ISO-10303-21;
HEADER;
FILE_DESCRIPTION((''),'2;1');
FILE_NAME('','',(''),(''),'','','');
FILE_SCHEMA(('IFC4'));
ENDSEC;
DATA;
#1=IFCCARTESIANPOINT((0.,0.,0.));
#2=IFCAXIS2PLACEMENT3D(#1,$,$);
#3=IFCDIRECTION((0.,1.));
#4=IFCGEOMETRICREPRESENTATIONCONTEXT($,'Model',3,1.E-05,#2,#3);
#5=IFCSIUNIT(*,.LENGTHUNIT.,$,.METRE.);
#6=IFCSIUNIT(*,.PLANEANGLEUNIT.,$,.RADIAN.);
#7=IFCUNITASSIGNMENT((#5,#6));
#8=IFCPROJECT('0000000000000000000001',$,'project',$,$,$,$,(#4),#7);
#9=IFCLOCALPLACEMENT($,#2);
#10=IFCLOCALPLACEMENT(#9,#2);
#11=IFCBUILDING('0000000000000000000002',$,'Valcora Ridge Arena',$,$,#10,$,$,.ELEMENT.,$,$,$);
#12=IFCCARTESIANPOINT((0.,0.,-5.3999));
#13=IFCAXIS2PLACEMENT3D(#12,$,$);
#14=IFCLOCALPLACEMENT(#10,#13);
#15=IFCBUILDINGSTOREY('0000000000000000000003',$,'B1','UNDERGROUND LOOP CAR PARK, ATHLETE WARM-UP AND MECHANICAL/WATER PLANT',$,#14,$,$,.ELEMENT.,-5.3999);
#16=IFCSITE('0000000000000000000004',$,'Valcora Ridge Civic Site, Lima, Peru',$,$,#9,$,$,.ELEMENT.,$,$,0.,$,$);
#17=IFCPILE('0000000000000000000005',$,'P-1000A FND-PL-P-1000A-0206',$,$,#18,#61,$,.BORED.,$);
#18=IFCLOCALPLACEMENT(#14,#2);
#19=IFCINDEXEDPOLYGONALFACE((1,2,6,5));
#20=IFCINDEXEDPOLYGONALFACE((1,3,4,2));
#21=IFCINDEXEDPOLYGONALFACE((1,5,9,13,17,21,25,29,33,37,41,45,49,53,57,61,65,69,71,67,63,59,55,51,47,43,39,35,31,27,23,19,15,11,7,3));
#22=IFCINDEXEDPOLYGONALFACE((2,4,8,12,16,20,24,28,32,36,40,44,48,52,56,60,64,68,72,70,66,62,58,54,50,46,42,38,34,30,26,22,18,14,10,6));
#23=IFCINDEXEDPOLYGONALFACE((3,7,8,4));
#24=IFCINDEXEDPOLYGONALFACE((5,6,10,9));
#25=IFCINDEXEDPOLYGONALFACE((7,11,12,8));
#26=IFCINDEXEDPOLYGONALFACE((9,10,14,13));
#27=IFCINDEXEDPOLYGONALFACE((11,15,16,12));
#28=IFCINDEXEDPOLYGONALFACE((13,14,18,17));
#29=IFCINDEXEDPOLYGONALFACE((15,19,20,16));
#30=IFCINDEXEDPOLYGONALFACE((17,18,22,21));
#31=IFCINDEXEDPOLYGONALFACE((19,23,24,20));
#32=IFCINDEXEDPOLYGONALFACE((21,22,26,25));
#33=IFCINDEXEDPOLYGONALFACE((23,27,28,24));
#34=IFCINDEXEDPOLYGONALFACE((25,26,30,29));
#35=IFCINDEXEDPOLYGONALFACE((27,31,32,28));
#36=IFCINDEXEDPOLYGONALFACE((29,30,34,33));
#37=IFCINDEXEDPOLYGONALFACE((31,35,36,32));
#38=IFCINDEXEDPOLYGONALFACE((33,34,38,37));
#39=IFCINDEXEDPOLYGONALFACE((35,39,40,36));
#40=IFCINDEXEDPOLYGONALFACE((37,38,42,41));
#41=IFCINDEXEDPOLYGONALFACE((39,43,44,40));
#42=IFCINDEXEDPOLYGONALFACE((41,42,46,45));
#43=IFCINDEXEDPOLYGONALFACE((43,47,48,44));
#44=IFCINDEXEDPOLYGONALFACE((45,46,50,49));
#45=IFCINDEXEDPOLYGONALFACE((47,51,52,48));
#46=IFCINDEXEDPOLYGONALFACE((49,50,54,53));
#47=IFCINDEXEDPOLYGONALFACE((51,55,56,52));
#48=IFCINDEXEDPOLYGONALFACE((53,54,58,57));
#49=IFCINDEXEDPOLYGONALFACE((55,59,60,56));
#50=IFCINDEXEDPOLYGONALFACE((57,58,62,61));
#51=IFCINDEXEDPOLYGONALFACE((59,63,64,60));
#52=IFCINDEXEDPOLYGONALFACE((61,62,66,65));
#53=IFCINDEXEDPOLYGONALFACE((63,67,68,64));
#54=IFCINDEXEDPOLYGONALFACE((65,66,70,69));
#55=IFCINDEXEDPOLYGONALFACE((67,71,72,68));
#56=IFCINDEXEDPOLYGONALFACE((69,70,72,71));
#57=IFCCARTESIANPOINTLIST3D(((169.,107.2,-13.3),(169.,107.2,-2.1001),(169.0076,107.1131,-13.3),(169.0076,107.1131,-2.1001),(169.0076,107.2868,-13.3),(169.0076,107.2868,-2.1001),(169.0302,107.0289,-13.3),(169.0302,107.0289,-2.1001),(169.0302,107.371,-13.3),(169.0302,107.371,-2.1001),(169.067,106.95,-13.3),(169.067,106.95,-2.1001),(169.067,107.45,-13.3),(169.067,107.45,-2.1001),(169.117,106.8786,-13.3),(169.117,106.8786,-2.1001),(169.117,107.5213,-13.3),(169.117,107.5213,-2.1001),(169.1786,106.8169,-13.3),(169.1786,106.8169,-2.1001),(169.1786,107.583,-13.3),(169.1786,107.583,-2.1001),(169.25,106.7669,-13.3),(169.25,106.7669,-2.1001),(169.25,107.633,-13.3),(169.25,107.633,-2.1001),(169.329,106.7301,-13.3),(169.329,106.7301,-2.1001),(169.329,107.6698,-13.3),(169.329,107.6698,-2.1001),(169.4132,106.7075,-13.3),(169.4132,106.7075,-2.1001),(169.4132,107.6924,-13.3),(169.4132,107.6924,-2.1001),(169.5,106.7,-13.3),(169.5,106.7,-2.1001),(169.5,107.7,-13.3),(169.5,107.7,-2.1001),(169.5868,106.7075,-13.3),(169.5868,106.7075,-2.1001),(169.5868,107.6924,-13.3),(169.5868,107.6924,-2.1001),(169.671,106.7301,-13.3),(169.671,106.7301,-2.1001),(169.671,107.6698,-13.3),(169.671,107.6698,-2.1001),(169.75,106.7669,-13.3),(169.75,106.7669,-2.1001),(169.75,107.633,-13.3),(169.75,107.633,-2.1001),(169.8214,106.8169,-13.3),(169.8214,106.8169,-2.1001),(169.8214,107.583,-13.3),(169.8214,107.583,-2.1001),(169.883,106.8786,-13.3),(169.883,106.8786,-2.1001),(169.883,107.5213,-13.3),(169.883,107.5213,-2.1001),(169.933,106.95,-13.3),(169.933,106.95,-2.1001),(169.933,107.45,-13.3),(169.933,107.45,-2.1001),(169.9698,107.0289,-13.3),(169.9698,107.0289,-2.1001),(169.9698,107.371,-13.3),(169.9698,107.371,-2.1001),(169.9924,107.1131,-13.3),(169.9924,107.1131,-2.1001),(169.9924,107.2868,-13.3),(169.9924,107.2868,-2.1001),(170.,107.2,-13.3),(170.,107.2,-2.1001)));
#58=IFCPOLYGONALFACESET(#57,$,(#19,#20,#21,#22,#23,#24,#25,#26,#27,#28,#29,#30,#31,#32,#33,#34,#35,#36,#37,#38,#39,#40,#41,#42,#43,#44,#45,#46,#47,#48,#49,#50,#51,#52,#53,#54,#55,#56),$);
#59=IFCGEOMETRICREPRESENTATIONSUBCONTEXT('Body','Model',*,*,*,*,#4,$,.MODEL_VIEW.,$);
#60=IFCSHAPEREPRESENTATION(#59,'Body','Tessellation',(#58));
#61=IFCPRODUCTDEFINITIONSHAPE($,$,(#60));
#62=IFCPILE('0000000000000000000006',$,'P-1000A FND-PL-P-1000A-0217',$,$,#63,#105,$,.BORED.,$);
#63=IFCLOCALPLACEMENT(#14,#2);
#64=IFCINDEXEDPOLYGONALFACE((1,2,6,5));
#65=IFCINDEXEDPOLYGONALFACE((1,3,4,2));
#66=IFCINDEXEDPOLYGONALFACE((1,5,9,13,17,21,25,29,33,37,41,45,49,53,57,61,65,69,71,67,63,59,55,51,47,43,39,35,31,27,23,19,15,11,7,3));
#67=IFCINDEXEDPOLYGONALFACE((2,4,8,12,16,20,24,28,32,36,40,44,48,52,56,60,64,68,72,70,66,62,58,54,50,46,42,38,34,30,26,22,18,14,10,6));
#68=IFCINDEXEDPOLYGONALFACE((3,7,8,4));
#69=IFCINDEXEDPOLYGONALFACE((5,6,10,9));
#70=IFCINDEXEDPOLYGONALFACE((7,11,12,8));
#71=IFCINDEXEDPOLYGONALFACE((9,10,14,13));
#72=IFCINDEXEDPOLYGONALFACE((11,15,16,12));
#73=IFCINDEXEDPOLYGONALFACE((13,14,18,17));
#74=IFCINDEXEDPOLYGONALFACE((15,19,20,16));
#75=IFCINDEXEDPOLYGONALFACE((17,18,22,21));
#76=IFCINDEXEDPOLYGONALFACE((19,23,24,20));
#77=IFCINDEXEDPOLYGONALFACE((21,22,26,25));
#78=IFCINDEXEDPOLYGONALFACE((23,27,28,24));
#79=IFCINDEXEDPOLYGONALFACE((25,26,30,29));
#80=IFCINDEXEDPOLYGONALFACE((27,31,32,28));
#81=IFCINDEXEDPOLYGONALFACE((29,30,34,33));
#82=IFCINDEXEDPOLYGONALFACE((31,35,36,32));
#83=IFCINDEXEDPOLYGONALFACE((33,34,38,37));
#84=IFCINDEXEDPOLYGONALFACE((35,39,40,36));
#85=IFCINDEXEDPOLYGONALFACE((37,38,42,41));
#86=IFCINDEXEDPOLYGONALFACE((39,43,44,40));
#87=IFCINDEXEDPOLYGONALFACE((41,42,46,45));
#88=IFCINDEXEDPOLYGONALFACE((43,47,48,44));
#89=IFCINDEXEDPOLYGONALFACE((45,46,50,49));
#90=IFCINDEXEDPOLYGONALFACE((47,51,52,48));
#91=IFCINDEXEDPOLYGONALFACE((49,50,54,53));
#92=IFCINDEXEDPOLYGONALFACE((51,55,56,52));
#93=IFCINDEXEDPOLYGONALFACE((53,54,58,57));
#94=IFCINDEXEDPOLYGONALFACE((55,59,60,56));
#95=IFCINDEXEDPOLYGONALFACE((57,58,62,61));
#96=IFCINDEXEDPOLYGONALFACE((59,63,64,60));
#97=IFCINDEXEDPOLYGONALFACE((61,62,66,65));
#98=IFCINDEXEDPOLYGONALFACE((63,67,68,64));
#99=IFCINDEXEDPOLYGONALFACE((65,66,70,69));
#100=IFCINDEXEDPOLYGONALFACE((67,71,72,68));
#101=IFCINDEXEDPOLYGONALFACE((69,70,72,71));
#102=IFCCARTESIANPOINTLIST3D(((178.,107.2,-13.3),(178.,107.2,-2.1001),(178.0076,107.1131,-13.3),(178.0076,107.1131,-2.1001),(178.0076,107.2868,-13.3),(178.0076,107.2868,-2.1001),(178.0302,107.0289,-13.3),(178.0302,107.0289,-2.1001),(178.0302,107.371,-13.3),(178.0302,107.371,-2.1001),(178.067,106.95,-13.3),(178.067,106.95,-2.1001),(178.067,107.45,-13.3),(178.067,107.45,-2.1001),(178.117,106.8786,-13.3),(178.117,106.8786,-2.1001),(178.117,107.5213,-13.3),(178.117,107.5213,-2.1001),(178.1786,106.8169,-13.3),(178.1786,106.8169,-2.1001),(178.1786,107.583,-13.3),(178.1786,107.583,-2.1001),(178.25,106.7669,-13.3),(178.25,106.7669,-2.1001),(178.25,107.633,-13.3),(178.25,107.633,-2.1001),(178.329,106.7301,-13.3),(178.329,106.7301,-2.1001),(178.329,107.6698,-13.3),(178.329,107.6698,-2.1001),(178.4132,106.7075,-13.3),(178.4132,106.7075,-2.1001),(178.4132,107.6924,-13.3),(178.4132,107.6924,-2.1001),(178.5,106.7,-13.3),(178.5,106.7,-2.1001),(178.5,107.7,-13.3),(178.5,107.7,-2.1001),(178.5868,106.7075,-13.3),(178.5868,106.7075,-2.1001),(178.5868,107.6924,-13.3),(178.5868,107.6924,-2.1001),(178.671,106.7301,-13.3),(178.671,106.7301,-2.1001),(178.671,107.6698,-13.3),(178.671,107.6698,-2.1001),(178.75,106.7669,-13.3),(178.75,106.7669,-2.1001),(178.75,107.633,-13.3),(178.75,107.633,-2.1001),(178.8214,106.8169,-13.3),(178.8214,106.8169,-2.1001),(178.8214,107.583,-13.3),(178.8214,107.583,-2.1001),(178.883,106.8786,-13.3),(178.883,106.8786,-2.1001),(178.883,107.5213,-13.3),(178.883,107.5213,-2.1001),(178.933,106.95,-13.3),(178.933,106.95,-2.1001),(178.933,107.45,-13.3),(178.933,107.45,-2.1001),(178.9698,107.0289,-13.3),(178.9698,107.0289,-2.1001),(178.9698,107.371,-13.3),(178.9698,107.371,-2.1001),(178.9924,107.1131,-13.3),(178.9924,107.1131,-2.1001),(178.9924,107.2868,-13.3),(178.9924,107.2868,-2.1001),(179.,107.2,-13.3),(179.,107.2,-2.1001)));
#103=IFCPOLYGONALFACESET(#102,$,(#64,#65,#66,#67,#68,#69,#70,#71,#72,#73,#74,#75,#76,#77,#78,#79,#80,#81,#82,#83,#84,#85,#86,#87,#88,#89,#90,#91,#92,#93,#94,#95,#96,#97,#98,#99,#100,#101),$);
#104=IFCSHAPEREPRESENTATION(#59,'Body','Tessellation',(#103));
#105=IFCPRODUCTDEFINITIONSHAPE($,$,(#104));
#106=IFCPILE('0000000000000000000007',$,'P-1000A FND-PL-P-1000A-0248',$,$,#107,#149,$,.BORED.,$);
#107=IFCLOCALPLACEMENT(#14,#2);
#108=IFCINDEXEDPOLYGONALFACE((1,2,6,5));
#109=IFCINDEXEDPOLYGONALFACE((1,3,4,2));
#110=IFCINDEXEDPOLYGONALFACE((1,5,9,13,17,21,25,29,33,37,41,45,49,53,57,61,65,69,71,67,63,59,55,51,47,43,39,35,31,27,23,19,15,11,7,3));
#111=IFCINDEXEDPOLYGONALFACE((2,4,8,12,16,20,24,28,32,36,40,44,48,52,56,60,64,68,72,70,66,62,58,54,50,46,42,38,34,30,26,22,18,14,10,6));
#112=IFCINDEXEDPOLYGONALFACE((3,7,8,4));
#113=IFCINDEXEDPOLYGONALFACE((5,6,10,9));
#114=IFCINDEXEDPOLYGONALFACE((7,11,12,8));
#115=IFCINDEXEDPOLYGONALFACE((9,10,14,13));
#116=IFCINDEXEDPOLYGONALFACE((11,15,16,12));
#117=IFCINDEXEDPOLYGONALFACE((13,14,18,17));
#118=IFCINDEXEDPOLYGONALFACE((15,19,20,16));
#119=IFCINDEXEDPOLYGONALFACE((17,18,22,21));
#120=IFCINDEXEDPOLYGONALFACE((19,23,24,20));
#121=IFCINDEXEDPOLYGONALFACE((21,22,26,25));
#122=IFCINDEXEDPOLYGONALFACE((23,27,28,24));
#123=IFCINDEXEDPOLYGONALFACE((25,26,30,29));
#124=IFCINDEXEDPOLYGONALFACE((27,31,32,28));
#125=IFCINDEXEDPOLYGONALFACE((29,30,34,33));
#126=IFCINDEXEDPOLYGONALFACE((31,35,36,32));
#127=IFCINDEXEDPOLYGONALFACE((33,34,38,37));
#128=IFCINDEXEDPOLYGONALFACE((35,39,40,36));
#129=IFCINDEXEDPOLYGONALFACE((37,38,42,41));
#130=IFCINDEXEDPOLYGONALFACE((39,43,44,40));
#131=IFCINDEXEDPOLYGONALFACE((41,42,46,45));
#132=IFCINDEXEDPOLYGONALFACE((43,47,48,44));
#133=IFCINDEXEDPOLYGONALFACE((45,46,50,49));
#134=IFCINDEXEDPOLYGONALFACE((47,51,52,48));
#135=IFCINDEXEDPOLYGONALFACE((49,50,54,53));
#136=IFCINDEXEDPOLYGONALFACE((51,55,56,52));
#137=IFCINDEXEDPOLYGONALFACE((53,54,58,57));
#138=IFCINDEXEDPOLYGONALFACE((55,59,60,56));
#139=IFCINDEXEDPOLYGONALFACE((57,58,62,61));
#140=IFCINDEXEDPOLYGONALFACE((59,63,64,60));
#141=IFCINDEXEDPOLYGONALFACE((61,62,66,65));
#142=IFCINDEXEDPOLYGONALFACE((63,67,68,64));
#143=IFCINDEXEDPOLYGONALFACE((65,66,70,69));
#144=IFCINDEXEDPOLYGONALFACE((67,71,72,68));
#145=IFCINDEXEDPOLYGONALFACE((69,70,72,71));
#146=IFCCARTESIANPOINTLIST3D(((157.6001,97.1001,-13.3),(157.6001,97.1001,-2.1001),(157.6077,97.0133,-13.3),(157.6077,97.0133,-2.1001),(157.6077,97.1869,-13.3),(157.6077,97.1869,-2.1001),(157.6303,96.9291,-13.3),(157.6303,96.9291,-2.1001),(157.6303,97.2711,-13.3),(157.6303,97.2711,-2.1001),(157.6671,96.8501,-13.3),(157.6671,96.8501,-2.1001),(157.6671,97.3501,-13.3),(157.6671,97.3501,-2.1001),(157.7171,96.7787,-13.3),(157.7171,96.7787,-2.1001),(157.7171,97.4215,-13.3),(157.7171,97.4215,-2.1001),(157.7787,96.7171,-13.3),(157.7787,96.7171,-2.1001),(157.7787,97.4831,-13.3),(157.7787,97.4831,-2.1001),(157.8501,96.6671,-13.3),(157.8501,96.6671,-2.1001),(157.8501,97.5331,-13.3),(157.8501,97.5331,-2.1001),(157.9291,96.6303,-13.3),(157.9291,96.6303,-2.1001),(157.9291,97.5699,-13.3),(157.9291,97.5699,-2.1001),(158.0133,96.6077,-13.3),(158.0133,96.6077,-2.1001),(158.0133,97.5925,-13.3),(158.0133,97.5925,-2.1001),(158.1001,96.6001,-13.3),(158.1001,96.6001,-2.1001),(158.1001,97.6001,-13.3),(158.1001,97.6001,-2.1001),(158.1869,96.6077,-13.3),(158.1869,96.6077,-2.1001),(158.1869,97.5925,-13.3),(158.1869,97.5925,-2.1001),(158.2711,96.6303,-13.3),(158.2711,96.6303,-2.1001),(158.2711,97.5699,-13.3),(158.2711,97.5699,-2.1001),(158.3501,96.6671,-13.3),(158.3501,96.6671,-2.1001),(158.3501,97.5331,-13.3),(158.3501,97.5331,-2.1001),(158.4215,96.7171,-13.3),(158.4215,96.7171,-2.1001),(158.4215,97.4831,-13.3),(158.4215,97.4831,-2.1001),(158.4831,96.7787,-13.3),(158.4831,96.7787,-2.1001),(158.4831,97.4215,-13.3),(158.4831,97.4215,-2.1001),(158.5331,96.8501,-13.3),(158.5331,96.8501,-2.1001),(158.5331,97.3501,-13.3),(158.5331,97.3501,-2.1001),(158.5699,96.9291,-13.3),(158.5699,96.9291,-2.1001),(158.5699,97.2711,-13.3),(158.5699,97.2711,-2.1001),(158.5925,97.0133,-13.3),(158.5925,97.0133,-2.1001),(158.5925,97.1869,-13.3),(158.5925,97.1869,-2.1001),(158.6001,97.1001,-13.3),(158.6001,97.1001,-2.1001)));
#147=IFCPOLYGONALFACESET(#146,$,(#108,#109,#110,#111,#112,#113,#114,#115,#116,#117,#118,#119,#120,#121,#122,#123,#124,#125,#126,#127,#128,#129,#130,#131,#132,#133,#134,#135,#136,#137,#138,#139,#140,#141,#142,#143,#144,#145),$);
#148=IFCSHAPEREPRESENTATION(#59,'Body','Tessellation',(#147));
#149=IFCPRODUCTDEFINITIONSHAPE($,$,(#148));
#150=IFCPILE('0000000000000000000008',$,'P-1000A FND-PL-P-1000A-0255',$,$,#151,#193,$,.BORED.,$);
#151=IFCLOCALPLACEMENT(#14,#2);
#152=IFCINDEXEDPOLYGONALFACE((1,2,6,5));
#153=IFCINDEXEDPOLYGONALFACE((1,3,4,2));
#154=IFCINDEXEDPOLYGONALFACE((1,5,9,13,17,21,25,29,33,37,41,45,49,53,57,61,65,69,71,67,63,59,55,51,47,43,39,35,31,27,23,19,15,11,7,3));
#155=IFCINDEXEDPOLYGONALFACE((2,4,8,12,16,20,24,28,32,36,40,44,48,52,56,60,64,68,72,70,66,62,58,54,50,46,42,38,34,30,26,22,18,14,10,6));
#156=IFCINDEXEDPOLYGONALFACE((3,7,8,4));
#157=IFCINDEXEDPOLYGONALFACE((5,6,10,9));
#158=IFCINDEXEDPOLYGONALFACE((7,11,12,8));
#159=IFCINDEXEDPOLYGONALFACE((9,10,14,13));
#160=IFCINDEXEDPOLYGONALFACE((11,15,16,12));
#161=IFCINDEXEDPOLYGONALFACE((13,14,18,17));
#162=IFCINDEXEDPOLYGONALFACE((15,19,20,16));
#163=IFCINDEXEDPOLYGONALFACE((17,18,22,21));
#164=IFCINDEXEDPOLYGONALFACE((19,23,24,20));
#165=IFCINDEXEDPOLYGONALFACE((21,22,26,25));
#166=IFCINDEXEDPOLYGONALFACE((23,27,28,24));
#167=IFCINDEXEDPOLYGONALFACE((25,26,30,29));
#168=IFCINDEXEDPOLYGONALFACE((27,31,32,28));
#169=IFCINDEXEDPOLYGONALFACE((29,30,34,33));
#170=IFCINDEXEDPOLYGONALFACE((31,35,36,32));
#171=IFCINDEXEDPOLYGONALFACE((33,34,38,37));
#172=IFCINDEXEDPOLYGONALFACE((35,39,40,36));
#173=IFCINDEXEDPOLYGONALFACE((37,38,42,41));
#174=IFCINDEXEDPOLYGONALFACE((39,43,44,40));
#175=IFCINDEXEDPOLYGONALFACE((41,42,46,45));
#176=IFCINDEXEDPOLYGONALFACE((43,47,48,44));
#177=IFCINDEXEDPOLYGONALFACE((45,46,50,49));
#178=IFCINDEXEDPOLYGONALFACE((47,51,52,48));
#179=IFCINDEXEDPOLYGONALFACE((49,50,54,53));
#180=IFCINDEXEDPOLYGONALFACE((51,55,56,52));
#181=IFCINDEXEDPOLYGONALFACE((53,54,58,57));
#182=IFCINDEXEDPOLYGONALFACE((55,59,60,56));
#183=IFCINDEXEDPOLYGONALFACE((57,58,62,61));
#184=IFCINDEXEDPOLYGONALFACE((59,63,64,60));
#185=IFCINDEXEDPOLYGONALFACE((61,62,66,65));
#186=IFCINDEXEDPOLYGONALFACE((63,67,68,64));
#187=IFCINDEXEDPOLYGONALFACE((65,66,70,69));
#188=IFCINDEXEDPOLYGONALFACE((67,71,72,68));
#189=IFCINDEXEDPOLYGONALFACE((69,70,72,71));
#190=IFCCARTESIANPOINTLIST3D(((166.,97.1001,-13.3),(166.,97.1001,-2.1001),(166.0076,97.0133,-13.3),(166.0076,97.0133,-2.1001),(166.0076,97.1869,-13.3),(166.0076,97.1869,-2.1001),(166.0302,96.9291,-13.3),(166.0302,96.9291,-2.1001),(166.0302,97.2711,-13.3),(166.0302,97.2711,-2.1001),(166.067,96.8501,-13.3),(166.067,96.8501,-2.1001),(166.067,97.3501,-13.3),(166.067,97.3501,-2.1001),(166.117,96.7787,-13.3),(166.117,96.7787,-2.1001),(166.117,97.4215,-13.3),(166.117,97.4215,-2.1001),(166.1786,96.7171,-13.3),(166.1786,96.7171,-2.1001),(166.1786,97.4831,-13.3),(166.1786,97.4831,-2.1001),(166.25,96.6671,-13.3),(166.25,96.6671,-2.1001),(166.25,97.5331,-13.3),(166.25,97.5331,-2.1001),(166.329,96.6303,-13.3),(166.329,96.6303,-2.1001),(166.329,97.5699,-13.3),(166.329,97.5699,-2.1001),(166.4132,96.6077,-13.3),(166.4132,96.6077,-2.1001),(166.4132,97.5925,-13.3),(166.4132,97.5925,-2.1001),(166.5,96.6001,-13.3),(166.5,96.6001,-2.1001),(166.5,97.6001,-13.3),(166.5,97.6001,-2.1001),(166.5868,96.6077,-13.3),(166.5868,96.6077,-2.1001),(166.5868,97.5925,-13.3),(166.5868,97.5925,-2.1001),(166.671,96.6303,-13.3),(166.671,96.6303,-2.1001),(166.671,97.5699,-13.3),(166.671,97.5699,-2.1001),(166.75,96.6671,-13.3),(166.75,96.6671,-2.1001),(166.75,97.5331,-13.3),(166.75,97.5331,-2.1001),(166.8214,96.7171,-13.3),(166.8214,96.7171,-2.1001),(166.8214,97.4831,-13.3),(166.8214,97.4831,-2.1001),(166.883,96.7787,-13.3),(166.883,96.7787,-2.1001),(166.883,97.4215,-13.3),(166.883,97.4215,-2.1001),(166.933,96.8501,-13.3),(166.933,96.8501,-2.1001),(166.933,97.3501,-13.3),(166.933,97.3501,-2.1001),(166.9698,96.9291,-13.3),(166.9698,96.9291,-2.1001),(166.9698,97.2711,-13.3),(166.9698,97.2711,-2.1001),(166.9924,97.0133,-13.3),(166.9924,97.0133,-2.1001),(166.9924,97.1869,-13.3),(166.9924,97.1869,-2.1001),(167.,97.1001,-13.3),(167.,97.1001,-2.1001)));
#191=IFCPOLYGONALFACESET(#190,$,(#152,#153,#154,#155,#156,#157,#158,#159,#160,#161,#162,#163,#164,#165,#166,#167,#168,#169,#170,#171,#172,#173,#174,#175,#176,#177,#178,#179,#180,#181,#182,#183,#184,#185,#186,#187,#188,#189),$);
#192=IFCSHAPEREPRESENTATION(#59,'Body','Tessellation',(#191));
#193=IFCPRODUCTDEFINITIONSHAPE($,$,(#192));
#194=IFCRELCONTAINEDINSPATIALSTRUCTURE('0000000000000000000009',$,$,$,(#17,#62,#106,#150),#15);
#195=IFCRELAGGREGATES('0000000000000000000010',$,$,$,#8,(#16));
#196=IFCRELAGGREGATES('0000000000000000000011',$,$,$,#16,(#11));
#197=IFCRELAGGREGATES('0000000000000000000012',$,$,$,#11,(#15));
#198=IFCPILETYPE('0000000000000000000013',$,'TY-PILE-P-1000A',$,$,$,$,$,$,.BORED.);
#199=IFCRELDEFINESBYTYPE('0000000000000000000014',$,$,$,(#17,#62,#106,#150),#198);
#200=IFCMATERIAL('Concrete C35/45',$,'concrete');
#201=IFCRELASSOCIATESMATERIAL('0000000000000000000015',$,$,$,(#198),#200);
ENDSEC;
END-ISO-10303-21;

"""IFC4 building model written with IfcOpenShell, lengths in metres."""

from ifc_helpers import new_model, si_unit, direction, frame, origin, origin_2d, place, context, subcontext, project, spatial, circle, extrude, material, material_profile, profile_set, type_object, element, save


model = new_model("IFC4")

# Units and contexts
model_context = context("Model", 3, precision=1e-05, world=origin(), true_north=direction((0.0, 1.0)))
body_context = subcontext(model_context, "Body", "Model", "MODEL_VIEW")
ifc_project = project(units=[si_unit("LENGTHUNIT", "METRE"), si_unit("PLANEANGLEUNIT", "RADIAN")], contexts=[model_context])

# Site, building, storey
site_placement = place(None, origin())
site = spatial("IfcSite", under=ifc_project, at=site_placement, Name="Valcora Ridge Civic Site, Lima, Peru", CompositionType="ELEMENT", RefElevation=0.0)
building_placement = place(site_placement, origin())
building = spatial("IfcBuilding", under=site, at=building_placement, Name="Valcora Ridge Arena", CompositionType="ELEMENT")
storey_placement = place(building_placement, frame((0.0, 0.0, -5.3999)))
storey = spatial("IfcBuildingStorey", under=building, at=storey_placement, Name="B1", Description="UNDERGROUND LOOP CAR PARK, ATHLETE WARM-UP AND MECHANICAL/WATER PLANT", CompositionType="ELEMENT", Elevation=-5.3999)

# Piles
ifc_material_1 = material(Name="Concrete C35/45", Category="concrete")
ifc_material_profile_1 = material_profile(ifc_material_1, circle(Radius=0.5, at=origin_2d()), Name="BORED PILE D1000")
ifc_profile_set_1 = profile_set([ifc_material_profile_1], Name="Concrete C35/45")
pile_type_1 = type_object("IfcPileType", Name="TY-PILE-P-1000A", PredefinedType="BORED", material=ifc_profile_set_1)
for number, where, z_axis, x_axis, name in (
    (1, (169.5, 107.2, -2.1001), (0.0, 0.0, -1.0), (1.0, 0.0, 0.0), "P-1000A FND-PL-P-1000A-0206"),
    (2, (178.5, 107.2, -2.1001), (0.0, 0.0, -1.0), (1.0, 0.0, 0.0), "P-1000A FND-PL-P-1000A-0217"),
    (3, (158.1001, 97.1001, -2.1001), (0.0, 0.0, -1.0), (1.0, 0.0, 0.0), "P-1000A FND-PL-P-1000A-0248"),
    (4, (166.5, 97.1001, -2.1001), (0.0, 0.0, -1.0), (1.0, 0.0, 0.0), "P-1000A FND-PL-P-1000A-0255"),
):
    element("IfcPile", number, at=place(storey_placement, frame(where, z_axis=z_axis, x_axis=x_axis)), inside=storey, type_object=pile_type_1, Name=name, PredefinedType="BORED", context=body_context, shape_type="SweptSolid", body=[
        extrude(circle(Radius=0.5, at=origin_2d()), origin(), (0.0, 0.0, 1.0), 11.2),
    ])

save(model, "model.ifc")
